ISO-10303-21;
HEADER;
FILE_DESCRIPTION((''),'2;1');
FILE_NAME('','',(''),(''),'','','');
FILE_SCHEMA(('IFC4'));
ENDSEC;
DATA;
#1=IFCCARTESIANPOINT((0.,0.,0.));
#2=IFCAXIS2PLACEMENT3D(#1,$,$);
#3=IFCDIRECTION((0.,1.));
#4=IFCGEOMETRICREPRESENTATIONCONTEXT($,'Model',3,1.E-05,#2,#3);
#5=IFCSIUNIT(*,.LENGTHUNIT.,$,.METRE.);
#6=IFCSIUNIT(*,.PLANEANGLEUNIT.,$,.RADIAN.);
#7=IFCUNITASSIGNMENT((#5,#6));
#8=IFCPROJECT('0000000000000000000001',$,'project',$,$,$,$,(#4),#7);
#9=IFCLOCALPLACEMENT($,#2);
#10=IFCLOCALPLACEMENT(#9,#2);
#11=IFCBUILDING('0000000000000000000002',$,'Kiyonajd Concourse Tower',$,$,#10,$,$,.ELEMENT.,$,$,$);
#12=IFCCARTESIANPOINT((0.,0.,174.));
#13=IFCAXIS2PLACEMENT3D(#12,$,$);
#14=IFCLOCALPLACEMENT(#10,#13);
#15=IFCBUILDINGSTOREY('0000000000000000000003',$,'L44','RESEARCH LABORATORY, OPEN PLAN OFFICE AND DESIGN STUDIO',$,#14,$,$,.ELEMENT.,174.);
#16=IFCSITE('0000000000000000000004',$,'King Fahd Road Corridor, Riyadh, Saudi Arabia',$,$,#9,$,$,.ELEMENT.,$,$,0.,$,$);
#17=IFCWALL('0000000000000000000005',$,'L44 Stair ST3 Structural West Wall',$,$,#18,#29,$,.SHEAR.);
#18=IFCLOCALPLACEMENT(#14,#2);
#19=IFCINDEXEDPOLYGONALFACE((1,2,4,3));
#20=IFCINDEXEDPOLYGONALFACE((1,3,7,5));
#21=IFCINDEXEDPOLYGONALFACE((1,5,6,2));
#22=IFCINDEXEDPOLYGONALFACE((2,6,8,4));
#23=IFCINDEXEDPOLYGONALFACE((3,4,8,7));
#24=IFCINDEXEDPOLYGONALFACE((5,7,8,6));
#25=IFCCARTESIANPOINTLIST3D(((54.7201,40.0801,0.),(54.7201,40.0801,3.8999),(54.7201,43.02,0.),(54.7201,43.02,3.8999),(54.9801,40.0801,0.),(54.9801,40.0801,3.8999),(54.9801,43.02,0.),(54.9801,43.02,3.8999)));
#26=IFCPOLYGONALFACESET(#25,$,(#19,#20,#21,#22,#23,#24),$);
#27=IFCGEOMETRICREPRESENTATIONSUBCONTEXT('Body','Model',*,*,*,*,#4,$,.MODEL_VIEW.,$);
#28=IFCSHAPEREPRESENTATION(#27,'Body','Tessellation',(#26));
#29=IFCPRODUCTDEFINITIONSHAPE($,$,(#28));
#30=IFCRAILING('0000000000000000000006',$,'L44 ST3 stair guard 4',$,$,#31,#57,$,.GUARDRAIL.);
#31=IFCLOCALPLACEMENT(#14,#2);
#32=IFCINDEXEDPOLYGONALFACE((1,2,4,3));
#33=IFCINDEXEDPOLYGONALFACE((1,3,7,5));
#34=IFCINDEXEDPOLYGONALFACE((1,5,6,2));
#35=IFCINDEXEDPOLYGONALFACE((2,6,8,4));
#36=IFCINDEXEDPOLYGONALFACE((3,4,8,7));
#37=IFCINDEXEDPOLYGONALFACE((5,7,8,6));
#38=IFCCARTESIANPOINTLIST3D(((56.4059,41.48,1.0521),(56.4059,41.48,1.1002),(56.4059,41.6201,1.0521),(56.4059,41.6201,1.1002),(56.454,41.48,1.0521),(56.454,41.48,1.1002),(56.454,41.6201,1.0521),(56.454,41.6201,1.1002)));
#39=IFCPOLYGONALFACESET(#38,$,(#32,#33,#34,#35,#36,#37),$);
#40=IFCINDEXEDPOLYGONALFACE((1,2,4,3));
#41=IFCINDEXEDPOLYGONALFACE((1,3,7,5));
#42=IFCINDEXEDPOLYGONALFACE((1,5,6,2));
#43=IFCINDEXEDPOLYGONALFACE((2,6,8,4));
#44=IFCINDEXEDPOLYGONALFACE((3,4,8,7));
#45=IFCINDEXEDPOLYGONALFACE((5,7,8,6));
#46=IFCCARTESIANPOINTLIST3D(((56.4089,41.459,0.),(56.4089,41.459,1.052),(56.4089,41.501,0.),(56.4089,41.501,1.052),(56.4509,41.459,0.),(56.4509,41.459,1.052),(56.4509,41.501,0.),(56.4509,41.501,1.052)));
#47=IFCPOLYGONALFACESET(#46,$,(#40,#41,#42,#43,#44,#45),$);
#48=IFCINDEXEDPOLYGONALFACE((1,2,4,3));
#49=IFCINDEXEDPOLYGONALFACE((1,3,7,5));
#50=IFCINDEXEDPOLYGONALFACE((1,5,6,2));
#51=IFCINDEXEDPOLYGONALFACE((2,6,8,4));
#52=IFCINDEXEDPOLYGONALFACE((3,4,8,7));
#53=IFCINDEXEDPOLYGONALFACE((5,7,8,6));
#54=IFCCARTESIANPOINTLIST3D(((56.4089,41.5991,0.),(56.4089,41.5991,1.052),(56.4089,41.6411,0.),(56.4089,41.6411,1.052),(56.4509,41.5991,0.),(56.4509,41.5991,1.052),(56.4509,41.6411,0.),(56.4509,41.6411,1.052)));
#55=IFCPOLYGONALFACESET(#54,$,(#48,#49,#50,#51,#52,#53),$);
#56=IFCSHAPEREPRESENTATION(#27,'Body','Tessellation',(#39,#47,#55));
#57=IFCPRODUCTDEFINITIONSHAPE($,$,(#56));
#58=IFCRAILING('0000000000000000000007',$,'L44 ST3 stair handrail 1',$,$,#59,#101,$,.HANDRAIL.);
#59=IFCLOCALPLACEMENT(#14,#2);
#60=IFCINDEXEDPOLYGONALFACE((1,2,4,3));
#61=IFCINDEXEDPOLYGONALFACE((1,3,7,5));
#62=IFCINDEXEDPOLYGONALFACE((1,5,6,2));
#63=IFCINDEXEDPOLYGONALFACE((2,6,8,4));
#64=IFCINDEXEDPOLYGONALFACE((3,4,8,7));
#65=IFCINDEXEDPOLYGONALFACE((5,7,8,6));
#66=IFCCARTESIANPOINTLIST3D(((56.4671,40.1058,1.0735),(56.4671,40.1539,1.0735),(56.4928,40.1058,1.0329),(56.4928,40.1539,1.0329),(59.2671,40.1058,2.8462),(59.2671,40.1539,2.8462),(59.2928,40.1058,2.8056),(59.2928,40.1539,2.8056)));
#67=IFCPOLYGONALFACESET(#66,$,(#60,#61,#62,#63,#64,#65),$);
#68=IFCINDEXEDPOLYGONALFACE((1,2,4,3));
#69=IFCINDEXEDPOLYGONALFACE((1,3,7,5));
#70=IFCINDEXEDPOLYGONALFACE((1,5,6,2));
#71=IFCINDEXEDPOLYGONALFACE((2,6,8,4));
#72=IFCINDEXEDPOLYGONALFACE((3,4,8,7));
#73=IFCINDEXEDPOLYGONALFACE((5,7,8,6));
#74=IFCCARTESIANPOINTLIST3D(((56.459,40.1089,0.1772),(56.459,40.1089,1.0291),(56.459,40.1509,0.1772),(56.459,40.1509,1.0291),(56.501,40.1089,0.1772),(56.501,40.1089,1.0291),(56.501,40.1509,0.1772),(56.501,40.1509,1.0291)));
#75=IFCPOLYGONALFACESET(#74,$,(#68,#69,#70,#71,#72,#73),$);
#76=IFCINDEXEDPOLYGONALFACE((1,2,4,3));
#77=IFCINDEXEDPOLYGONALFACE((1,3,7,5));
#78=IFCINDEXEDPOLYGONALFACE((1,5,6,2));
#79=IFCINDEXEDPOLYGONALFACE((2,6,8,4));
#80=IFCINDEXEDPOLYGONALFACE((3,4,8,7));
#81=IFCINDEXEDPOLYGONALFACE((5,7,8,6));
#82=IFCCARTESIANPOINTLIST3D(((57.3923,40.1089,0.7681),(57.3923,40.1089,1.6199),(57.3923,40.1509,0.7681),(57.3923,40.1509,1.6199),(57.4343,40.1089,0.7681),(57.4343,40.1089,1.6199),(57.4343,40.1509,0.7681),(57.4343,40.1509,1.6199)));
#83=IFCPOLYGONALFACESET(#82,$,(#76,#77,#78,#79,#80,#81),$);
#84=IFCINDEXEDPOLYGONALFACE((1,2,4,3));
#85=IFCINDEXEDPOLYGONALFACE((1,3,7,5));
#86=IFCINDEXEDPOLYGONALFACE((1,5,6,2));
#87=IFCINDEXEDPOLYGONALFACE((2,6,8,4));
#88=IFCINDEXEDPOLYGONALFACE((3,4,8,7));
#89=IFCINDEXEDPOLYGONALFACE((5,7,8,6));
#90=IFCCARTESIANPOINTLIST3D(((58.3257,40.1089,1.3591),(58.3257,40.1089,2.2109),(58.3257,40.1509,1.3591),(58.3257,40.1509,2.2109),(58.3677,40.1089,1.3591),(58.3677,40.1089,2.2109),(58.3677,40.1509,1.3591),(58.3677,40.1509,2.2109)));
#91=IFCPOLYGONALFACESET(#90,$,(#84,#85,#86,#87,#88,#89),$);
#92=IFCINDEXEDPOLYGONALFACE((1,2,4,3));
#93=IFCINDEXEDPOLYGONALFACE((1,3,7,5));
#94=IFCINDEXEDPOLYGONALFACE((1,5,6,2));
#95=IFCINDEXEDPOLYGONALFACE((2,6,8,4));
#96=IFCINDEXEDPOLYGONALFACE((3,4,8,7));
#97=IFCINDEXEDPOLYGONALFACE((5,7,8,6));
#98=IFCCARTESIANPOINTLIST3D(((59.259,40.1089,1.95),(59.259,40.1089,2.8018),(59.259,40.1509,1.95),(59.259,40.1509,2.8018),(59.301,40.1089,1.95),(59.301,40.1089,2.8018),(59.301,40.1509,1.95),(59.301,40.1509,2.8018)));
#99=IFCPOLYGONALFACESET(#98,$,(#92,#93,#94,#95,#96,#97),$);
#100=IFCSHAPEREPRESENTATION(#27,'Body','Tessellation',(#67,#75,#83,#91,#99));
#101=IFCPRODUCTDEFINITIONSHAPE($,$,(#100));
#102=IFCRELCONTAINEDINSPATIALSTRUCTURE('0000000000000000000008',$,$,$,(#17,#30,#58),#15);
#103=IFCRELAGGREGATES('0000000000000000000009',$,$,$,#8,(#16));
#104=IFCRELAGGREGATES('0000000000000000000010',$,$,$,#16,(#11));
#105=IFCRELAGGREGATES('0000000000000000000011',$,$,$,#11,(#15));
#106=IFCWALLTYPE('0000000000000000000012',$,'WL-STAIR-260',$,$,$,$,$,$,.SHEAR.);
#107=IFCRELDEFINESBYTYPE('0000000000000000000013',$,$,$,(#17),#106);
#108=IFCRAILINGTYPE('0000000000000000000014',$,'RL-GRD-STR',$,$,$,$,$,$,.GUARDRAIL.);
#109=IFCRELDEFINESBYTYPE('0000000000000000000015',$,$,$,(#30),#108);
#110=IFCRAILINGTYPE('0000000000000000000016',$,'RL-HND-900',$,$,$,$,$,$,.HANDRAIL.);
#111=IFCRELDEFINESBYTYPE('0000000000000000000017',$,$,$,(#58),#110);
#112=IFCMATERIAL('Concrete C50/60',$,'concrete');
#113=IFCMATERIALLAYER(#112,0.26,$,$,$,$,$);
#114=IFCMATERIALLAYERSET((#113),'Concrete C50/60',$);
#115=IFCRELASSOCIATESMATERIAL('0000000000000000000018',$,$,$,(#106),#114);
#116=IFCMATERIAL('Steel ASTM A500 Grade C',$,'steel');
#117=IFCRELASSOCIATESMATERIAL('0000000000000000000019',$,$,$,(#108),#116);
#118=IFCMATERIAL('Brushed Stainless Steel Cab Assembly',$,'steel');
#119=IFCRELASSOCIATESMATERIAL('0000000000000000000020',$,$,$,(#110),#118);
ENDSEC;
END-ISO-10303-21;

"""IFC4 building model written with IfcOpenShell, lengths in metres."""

from ifc_helpers import new_model, si_unit, direction, frame, frame_2d, origin, origin_2d, place, context, subcontext, project, spatial, rectangle, extrude, material, layer, layer_set, type_object, element, save


model = new_model("IFC4")

# Units and contexts
model_context = context("Model", 3, precision=1e-05, world=origin(), true_north=direction((0.0, 1.0)))
body_context = subcontext(model_context, "Body", "Model", "MODEL_VIEW")
ifc_project = project(units=[si_unit("LENGTHUNIT", "METRE"), si_unit("PLANEANGLEUNIT", "RADIAN")], contexts=[model_context])

# Site, building, storey
site_placement = place(None, origin())
site = spatial("IfcSite", under=ifc_project, at=site_placement, Name="King Fahd Road Corridor, Riyadh, Saudi Arabia", CompositionType="ELEMENT", RefElevation=0.0)
building_placement = place(site_placement, origin())
building = spatial("IfcBuilding", under=site, at=building_placement, Name="Kiyonajd Concourse Tower", CompositionType="ELEMENT")
storey_placement = place(building_placement, frame((0.0, 0.0, 174.0)))
storey = spatial("IfcBuildingStorey", under=building, at=storey_placement, Name="L44", Description="RESEARCH LABORATORY, OPEN PLAN OFFICE AND DESIGN STUDIO", CompositionType="ELEMENT", Elevation=174.0)

# Shared definitions
ifc_material_1 = material(Name="Concrete C50/60", Category="concrete")

# Shared definitions
ifc_material_2 = material(Name="Brushed Stainless Steel Cab Assembly", Category="steel")

# Shared definitions
ifc_layer_1 = layer(ifc_material_1, 0.26)
ifc_layer_set_1 = layer_set([ifc_layer_1], Name="Concrete C50/60")
wall_type_1 = type_object("IfcWallType", Name="WL-STAIR-260", PredefinedType="SHEAR", material=ifc_layer_set_1)

# Wall
wall_1_placement = place(storey_placement, frame((54.8501, 40.0801, 0.0), z_axis=(0.0, 0.0, 1.0), x_axis=(0.0, 1.0, 0.0)))
element("IfcWall", 1, at=wall_1_placement, inside=storey, type_object=wall_type_1, Name="L44 Stair ST3 Structural West Wall", PredefinedType="SHEAR", context=body_context, shape_type="SweptSolid", body=[
    extrude(rectangle(XDim=2.9399, YDim=0.26, at=frame_2d((1.47, 0.0))), origin(), (0.0, 0.0, 1.0), 3.8999),
])

# Railings
ifc_material_3 = material(Name="Steel ASTM A500 Grade C", Category="steel")
railing_type_1 = type_object("IfcRailingType", Name="RL-GRD-STR", PredefinedType="GUARDRAIL", material=ifc_material_3)
railing_1_placement = place(storey_placement, frame((56.4299, 41.48, 0.0)))
element("IfcRailing", 2, at=railing_1_placement, inside=storey, type_object=railing_type_1, Name="L44 ST3 stair guard 4", PredefinedType="GUARDRAIL", context=body_context, shape_type="SweptSolid", body=[
    extrude(rectangle(XDim=0.0481, YDim=0.0481, at=origin_2d()), frame((0.0, 0.0, 1.0762), z_axis=(0.0, 1.0, 0.0), x_axis=(-1.0, 0.0, 0.0)), (0.0, 0.0, 1.0), 0.1401),
    extrude(rectangle(XDim=0.042, YDim=0.042, at=origin_2d()), origin(), (0.0, 0.0, 1.0), 1.052),
    extrude(rectangle(XDim=0.042, YDim=0.042, at=origin_2d()), frame((0.0, 0.1401, 0.0)), (0.0, 0.0, 1.0), 1.052),
])
railing_type_2 = type_object("IfcRailingType", Name="RL-HND-900", PredefinedType="HANDRAIL", material=ifc_material_2)
railing_2_placement = place(storey_placement, frame((56.48, 40.1299, 0.1772)))
element("IfcRailing", 3, at=railing_2_placement, inside=storey, type_object=railing_type_2, Name="L44 ST3 stair handrail 1", PredefinedType="HANDRAIL", context=body_context, shape_type="SweptSolid", body=[
    extrude(rectangle(XDim=0.0481, YDim=0.0481, at=origin_2d()), frame((0.0, 0.0, 0.876), z_axis=(0.844909, 0.0, 0.53491), x_axis=(0.0, 1.0, 0.0)), (0.0, 0.0, 1.0), 3.314),
    extrude(rectangle(XDim=0.042, YDim=0.042, at=origin_2d()), origin(), (0.0, 0.0, 1.0), 0.8518),
    extrude(rectangle(XDim=0.042, YDim=0.042, at=origin_2d()), frame((0.9333, 0.0, 0.5908)), (0.0, 0.0, 1.0), 0.8518),
    extrude(rectangle(XDim=0.042, YDim=0.042, at=origin_2d()), frame((1.8667, 0.0, 1.1819)), (0.0, 0.0, 1.0), 0.8518),
    extrude(rectangle(XDim=0.042, YDim=0.042, at=origin_2d()), frame((2.8, 0.0, 1.7727)), (0.0, 0.0, 1.0), 0.8518),
])

save(model, "model.ifc")
